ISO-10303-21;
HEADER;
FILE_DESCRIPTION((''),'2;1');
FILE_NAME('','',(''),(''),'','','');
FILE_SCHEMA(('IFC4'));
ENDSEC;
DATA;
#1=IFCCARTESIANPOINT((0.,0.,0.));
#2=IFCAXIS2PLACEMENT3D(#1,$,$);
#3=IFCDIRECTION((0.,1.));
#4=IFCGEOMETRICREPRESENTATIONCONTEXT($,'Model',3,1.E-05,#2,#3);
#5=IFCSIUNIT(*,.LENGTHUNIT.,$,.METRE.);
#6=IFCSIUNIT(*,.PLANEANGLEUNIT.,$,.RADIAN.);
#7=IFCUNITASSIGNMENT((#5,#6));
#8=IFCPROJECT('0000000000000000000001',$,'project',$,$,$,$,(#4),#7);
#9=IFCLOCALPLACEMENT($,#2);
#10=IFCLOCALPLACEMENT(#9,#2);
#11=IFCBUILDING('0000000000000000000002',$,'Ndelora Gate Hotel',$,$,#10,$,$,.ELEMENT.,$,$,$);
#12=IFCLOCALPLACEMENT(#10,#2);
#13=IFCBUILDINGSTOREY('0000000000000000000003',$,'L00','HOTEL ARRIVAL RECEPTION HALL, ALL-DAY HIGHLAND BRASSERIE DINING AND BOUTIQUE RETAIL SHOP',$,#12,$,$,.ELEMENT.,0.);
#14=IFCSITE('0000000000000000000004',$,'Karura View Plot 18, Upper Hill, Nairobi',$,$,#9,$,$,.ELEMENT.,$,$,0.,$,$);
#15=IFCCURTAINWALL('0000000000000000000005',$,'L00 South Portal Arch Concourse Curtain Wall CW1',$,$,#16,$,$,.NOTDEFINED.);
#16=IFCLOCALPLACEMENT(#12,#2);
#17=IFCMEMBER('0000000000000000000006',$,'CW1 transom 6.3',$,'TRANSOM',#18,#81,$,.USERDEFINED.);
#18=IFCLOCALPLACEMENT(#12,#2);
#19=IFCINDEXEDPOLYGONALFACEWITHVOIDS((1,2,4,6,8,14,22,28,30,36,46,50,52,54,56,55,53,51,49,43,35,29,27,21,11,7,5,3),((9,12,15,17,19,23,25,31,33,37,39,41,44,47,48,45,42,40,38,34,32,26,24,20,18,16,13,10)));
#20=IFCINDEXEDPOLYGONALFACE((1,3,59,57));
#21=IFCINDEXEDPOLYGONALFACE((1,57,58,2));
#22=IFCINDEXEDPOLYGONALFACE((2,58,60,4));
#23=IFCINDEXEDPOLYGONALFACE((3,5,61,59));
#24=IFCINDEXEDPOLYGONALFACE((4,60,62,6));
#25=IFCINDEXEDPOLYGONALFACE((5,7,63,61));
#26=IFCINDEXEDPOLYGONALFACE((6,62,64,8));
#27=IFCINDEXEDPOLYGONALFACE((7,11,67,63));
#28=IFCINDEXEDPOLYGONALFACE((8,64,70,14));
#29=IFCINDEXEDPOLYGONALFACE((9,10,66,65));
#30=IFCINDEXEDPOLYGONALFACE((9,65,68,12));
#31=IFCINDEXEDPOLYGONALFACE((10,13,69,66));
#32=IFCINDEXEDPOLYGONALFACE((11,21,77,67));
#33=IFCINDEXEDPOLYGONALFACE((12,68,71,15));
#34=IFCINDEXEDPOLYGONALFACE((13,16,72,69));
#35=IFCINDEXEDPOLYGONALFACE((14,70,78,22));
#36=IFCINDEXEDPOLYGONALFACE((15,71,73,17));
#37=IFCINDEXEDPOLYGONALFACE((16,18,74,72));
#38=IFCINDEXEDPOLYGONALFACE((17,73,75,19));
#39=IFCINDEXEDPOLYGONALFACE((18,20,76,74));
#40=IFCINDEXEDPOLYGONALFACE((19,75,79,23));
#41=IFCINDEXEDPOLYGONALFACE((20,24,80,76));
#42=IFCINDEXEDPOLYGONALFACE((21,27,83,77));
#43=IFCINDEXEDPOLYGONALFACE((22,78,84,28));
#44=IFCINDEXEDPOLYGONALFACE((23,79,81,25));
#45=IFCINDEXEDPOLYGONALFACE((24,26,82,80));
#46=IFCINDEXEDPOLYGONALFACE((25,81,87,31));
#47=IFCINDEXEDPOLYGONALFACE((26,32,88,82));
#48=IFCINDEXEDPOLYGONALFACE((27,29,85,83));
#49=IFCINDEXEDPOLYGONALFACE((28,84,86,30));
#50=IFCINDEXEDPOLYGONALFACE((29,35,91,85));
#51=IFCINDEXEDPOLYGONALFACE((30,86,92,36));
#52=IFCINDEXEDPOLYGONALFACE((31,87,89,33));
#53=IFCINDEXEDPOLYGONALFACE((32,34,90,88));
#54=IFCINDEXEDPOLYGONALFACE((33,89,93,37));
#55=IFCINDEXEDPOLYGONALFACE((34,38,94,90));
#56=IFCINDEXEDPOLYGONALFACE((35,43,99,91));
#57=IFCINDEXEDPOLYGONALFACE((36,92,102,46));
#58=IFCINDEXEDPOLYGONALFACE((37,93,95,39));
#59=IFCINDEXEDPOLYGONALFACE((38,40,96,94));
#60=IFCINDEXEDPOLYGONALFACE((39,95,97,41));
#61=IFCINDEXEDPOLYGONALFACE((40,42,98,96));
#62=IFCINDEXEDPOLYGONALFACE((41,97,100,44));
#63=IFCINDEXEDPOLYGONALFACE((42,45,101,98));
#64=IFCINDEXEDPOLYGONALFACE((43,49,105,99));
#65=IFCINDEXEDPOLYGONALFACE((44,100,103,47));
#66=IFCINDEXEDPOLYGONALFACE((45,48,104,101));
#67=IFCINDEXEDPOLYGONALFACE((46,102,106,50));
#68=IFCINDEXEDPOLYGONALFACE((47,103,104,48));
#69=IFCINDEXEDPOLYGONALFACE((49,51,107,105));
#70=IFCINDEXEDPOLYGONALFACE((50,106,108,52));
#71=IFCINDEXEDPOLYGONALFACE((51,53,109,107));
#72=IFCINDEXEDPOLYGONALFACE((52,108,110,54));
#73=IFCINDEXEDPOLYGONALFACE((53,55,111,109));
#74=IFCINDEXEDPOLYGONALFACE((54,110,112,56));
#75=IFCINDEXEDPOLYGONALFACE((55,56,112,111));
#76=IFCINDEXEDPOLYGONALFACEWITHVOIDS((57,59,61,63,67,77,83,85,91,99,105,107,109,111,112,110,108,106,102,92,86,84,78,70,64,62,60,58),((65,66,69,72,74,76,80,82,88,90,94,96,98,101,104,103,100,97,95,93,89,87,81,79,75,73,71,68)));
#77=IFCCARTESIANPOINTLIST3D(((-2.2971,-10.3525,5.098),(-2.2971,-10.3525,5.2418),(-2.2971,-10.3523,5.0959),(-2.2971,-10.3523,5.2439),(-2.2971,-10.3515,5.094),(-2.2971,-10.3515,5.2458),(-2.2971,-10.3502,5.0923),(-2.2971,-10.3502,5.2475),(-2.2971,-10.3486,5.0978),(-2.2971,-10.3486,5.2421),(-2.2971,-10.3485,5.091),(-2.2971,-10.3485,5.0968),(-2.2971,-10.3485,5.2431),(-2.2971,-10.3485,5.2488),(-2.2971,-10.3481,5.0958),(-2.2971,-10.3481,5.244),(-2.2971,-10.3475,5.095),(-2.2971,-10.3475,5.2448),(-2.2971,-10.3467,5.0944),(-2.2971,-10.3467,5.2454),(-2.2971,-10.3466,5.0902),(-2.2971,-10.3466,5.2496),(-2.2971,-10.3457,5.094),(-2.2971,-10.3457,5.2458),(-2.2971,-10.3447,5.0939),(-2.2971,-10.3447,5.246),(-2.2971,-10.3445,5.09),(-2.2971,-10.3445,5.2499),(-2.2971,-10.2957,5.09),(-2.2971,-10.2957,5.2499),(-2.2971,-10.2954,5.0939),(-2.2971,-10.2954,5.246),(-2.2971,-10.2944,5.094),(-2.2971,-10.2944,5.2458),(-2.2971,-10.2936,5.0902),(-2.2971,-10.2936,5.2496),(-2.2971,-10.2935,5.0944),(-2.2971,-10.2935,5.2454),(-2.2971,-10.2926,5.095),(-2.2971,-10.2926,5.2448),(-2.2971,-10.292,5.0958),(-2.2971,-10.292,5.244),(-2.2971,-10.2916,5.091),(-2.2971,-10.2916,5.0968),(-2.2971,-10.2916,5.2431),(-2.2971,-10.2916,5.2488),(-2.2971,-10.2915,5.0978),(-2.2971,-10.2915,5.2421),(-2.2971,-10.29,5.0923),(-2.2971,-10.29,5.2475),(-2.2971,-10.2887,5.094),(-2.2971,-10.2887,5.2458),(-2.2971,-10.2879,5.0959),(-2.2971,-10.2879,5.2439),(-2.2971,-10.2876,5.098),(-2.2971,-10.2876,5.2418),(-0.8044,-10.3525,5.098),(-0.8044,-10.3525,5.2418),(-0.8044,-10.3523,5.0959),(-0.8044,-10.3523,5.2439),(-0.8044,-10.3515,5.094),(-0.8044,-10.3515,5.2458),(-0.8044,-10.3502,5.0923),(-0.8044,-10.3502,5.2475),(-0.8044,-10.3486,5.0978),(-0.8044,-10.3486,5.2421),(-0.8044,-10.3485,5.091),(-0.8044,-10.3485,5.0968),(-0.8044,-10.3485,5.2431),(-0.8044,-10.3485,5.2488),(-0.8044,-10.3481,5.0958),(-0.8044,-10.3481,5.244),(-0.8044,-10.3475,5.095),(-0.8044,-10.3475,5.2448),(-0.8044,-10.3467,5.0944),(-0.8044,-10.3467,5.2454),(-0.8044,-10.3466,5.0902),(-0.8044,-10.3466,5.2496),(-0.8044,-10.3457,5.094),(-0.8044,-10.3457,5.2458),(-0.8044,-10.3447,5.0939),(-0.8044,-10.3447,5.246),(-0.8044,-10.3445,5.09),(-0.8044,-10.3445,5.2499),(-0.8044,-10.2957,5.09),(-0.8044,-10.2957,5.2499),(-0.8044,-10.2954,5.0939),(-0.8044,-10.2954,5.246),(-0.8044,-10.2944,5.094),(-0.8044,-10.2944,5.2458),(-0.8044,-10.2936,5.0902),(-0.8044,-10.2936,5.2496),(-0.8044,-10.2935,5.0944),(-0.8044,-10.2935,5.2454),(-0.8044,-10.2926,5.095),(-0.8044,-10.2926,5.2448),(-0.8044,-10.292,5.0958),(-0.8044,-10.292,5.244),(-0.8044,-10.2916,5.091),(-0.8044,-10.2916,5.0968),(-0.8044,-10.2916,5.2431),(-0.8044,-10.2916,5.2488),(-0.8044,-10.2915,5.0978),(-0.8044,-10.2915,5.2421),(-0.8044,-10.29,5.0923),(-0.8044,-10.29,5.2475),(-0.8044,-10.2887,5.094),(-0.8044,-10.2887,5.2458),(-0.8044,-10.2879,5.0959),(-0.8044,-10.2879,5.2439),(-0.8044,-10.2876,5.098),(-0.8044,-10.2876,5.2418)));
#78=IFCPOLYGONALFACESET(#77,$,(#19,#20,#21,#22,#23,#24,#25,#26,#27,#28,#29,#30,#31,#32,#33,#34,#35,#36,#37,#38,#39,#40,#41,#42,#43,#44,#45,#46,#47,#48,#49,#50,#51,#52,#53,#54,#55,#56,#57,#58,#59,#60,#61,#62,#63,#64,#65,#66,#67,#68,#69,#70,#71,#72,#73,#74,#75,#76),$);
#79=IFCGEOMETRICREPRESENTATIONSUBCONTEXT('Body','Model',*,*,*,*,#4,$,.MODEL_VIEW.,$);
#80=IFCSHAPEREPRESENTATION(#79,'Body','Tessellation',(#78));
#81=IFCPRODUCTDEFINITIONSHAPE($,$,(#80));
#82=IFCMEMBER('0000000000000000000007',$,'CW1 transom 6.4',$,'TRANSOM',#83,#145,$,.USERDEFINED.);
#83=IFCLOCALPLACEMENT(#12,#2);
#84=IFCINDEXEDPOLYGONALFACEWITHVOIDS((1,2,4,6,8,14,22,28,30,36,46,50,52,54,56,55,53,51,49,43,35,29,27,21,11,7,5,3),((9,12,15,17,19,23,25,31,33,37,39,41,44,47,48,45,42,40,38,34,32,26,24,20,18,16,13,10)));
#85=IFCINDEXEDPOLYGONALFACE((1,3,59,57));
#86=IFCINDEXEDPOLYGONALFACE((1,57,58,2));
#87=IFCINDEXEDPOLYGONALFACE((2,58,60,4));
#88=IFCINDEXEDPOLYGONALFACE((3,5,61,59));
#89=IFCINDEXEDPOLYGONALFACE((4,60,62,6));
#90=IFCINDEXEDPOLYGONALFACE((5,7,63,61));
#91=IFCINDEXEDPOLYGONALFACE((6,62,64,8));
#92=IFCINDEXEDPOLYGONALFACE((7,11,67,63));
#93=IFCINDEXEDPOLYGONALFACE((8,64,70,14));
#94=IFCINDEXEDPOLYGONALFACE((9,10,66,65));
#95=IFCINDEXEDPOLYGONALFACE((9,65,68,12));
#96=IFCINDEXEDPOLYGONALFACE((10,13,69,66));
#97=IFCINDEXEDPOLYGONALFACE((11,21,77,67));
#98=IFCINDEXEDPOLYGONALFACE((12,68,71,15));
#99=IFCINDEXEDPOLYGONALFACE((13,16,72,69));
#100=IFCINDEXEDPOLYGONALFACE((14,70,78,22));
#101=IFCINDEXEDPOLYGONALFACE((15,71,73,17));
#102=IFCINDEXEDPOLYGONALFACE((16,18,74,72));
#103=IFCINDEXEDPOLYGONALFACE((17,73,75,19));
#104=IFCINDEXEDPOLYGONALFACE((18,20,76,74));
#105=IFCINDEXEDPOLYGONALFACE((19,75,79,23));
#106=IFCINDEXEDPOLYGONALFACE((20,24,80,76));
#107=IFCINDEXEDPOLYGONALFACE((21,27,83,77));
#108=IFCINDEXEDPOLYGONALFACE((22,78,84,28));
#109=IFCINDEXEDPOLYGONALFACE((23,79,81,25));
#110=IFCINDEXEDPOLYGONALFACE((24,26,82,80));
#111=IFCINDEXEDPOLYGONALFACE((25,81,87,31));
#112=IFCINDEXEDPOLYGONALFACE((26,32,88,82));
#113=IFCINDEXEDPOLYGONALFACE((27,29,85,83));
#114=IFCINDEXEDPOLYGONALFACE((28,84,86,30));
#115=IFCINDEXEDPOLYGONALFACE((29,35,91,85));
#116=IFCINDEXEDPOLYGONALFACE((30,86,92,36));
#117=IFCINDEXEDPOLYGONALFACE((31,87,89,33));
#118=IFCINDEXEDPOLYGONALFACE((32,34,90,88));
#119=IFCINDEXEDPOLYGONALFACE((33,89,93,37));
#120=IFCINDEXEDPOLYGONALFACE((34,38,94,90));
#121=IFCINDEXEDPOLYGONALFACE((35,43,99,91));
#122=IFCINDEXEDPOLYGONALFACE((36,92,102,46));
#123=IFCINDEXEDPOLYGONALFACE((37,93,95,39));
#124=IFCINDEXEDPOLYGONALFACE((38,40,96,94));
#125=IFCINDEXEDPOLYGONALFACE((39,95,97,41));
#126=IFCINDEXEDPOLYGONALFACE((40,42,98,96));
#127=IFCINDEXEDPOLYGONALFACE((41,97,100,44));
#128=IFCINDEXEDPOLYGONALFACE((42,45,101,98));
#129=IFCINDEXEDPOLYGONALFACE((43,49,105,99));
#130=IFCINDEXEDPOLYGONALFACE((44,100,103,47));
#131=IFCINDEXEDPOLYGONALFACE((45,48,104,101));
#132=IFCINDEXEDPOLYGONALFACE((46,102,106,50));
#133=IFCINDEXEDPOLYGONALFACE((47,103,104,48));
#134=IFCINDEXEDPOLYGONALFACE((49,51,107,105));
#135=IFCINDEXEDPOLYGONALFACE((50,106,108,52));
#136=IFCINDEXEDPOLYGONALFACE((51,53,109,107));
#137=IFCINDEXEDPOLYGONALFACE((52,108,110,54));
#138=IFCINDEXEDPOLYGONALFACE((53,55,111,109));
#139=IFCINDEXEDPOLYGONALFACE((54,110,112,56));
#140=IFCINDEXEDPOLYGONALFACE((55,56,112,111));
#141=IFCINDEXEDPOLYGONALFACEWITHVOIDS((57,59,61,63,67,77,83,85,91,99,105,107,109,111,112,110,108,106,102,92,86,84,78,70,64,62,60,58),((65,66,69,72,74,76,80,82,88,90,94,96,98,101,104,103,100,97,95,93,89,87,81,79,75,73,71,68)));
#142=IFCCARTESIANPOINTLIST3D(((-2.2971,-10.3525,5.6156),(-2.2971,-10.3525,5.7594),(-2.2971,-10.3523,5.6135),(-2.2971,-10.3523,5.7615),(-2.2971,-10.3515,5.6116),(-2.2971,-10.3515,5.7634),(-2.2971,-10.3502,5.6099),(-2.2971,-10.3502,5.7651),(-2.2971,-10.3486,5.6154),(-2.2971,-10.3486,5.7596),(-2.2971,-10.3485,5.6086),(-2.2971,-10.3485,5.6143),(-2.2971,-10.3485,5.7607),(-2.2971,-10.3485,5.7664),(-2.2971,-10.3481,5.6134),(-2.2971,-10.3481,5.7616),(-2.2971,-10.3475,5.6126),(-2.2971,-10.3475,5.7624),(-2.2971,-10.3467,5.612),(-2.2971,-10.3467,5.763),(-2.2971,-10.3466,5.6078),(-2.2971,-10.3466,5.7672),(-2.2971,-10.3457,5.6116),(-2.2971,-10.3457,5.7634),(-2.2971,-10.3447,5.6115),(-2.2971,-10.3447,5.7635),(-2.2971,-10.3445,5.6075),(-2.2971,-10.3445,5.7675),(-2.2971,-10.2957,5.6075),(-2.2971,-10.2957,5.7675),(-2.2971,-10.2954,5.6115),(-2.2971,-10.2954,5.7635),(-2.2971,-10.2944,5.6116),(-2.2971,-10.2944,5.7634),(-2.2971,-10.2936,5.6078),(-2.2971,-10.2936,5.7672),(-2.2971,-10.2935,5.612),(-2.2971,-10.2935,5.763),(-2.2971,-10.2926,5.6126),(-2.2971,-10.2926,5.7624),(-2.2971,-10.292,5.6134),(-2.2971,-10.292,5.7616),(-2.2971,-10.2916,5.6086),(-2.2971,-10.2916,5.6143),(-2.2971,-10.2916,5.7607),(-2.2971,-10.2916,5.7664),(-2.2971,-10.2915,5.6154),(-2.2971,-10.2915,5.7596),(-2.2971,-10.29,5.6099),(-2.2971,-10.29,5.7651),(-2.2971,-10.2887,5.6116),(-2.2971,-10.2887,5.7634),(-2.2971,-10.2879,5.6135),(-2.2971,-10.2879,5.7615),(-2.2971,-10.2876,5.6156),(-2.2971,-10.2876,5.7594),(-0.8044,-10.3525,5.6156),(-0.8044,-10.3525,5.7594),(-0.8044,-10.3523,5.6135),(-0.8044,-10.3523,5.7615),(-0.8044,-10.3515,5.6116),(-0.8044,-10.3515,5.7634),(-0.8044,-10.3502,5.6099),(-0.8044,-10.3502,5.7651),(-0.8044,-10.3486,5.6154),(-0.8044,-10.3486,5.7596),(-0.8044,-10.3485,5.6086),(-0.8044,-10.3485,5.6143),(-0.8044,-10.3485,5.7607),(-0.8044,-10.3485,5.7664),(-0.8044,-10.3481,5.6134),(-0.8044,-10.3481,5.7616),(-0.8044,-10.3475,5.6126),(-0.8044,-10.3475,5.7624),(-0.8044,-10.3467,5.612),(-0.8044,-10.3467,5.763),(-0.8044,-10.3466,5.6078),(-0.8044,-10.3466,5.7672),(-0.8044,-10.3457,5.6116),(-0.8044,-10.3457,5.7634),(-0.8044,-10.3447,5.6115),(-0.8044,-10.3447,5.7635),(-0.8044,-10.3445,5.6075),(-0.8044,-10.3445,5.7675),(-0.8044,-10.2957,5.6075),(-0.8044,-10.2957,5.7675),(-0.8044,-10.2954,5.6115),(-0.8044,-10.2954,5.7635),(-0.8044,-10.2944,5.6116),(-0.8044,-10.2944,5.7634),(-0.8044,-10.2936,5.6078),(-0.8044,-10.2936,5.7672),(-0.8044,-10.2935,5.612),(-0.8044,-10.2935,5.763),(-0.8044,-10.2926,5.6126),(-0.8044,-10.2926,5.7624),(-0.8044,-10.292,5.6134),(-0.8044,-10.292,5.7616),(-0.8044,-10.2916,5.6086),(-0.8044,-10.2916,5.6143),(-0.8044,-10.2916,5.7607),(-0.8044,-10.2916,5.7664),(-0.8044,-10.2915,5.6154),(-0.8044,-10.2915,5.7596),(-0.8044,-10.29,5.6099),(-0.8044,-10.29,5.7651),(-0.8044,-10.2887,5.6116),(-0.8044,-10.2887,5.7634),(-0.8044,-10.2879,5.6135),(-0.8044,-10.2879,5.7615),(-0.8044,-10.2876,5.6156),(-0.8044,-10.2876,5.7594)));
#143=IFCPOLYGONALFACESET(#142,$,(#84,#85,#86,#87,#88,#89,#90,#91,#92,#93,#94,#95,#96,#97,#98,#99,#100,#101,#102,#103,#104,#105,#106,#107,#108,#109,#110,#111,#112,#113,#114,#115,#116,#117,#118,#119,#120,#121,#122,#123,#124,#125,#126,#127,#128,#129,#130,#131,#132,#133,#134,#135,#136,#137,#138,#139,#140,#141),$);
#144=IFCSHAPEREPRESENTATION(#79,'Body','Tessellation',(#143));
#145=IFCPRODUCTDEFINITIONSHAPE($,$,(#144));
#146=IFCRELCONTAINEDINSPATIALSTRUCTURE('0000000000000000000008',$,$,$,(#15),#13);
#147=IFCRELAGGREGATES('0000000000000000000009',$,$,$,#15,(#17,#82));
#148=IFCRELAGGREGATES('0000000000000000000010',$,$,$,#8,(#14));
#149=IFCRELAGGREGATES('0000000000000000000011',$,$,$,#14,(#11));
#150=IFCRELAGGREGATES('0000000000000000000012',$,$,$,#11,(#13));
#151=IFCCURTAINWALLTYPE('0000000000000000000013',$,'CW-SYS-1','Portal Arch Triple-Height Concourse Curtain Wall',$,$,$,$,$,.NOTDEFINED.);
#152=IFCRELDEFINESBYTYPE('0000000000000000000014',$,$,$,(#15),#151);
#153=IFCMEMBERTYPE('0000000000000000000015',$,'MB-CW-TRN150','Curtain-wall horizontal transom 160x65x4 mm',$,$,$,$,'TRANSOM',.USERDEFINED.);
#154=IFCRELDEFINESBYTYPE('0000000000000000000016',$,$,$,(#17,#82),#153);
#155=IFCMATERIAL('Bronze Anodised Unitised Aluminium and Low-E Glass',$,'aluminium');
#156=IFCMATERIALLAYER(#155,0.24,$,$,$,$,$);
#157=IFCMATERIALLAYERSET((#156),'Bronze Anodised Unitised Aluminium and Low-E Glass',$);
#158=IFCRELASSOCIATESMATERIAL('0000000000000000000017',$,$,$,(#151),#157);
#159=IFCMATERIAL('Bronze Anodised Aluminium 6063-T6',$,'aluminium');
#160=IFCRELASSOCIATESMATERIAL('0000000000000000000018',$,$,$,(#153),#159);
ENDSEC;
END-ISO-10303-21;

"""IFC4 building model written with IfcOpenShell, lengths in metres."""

from ifc_helpers import new_model, si_unit, direction, frame, origin, origin_2d, place, context, subcontext, project, spatial, hollow_rectangle, extrude, material, layer, layer_set, material_profile, profile_set, type_object, element, aggregate, save


model = new_model("IFC4")

# Units and contexts
model_context = context("Model", 3, precision=1e-05, world=origin(), true_north=direction((0.0, 1.0)))
body_context = subcontext(model_context, "Body", "Model", "MODEL_VIEW")
ifc_project = project(units=[si_unit("LENGTHUNIT", "METRE"), si_unit("PLANEANGLEUNIT", "RADIAN")], contexts=[model_context])

# Site, building, storey
site_placement = place(None, origin())
site = spatial("IfcSite", under=ifc_project, at=site_placement, Name="Karura View Plot 18, Upper Hill, Nairobi", CompositionType="ELEMENT", RefElevation=0.0)
building_placement = place(site_placement, origin())
building = spatial("IfcBuilding", under=site, at=building_placement, Name="Ndelora Gate Hotel", CompositionType="ELEMENT")
storey_placement = place(building_placement, origin())
storey = spatial("IfcBuildingStorey", under=building, at=storey_placement, Name="L00", Description="HOTEL ARRIVAL RECEPTION HALL, ALL-DAY HIGHLAND BRASSERIE DINING AND BOUTIQUE RETAIL SHOP", CompositionType="ELEMENT", Elevation=0.0)

# Curtain wall, members
ifc_material_1 = material(Name="Bronze Anodised Unitised Aluminium and Low-E Glass", Category="aluminium")
ifc_layer_1 = layer(ifc_material_1, 0.24)
ifc_layer_set_1 = layer_set([ifc_layer_1], Name="Bronze Anodised Unitised Aluminium and Low-E Glass")
curtain_wall_type = type_object("IfcCurtainWallType", Name="CW-SYS-1", Description="Portal Arch Triple-Height Concourse Curtain Wall", PredefinedType="NOTDEFINED", material=ifc_layer_set_1)
curtain_wall_placement = place(storey_placement, origin())
curtain_wall = element("IfcCurtainWall", 1, at=curtain_wall_placement, inside=storey, type_object=curtain_wall_type, Name="L00 South Portal Arch Concourse Curtain Wall CW1", PredefinedType="NOTDEFINED")
ifc_material_2 = material(Name="Bronze Anodised Aluminium 6063-T6", Category="aluminium")
ifc_material_profile_1 = material_profile(ifc_material_2, hollow_rectangle(XDim=0.0649, YDim=0.1599, WallThickness=0.0039, InnerFilletRadius=0.0039, OuterFilletRadius=0.0081, at=origin_2d()), Name="ALU 160x65x4")
ifc_profile_set_1 = profile_set([ifc_material_profile_1], Name="Bronze Anodised Aluminium 6063-T6")
member_type_1 = type_object("IfcMemberType", Name="MB-CW-TRN150", Description="Curtain-wall horizontal transom 160x65x4 mm", ElementType="TRANSOM", PredefinedType="USERDEFINED", material=ifc_profile_set_1)
member_1_placement = place(storey_placement, frame((-2.2971, -10.3201, 5.1699), z_axis=(1.0, 0.0, 0.0), x_axis=(0.0, 1.0, 0.0)))
member_1 = element("IfcMember", 2, at=member_1_placement, type_object=member_type_1, Name="CW1 transom 6.3", ObjectType="TRANSOM", PredefinedType="USERDEFINED", context=body_context, shape_type="SweptSolid", body=[
    extrude(hollow_rectangle(XDim=0.0649, YDim=0.1599, WallThickness=0.0039, InnerFilletRadius=0.0039, OuterFilletRadius=0.0081, at=origin_2d()), origin(), (0.0, 0.0, 1.0), 1.4927),
])
member_2_placement = place(storey_placement, frame((-2.2971, -10.3201, 5.6875), z_axis=(1.0, 0.0, 0.0), x_axis=(0.0, 1.0, 0.0)))
member_2 = element("IfcMember", 3, at=member_2_placement, type_object=member_type_1, Name="CW1 transom 6.4", ObjectType="TRANSOM", PredefinedType="USERDEFINED", context=body_context, shape_type="SweptSolid", body=[
    extrude(hollow_rectangle(XDim=0.0649, YDim=0.1599, WallThickness=0.0039, InnerFilletRadius=0.0039, OuterFilletRadius=0.0081, at=origin_2d()), origin(), (0.0, 0.0, 1.0), 1.4927),
])
aggregate(curtain_wall, [member_1, member_2])

save(model, "model.ifc")
